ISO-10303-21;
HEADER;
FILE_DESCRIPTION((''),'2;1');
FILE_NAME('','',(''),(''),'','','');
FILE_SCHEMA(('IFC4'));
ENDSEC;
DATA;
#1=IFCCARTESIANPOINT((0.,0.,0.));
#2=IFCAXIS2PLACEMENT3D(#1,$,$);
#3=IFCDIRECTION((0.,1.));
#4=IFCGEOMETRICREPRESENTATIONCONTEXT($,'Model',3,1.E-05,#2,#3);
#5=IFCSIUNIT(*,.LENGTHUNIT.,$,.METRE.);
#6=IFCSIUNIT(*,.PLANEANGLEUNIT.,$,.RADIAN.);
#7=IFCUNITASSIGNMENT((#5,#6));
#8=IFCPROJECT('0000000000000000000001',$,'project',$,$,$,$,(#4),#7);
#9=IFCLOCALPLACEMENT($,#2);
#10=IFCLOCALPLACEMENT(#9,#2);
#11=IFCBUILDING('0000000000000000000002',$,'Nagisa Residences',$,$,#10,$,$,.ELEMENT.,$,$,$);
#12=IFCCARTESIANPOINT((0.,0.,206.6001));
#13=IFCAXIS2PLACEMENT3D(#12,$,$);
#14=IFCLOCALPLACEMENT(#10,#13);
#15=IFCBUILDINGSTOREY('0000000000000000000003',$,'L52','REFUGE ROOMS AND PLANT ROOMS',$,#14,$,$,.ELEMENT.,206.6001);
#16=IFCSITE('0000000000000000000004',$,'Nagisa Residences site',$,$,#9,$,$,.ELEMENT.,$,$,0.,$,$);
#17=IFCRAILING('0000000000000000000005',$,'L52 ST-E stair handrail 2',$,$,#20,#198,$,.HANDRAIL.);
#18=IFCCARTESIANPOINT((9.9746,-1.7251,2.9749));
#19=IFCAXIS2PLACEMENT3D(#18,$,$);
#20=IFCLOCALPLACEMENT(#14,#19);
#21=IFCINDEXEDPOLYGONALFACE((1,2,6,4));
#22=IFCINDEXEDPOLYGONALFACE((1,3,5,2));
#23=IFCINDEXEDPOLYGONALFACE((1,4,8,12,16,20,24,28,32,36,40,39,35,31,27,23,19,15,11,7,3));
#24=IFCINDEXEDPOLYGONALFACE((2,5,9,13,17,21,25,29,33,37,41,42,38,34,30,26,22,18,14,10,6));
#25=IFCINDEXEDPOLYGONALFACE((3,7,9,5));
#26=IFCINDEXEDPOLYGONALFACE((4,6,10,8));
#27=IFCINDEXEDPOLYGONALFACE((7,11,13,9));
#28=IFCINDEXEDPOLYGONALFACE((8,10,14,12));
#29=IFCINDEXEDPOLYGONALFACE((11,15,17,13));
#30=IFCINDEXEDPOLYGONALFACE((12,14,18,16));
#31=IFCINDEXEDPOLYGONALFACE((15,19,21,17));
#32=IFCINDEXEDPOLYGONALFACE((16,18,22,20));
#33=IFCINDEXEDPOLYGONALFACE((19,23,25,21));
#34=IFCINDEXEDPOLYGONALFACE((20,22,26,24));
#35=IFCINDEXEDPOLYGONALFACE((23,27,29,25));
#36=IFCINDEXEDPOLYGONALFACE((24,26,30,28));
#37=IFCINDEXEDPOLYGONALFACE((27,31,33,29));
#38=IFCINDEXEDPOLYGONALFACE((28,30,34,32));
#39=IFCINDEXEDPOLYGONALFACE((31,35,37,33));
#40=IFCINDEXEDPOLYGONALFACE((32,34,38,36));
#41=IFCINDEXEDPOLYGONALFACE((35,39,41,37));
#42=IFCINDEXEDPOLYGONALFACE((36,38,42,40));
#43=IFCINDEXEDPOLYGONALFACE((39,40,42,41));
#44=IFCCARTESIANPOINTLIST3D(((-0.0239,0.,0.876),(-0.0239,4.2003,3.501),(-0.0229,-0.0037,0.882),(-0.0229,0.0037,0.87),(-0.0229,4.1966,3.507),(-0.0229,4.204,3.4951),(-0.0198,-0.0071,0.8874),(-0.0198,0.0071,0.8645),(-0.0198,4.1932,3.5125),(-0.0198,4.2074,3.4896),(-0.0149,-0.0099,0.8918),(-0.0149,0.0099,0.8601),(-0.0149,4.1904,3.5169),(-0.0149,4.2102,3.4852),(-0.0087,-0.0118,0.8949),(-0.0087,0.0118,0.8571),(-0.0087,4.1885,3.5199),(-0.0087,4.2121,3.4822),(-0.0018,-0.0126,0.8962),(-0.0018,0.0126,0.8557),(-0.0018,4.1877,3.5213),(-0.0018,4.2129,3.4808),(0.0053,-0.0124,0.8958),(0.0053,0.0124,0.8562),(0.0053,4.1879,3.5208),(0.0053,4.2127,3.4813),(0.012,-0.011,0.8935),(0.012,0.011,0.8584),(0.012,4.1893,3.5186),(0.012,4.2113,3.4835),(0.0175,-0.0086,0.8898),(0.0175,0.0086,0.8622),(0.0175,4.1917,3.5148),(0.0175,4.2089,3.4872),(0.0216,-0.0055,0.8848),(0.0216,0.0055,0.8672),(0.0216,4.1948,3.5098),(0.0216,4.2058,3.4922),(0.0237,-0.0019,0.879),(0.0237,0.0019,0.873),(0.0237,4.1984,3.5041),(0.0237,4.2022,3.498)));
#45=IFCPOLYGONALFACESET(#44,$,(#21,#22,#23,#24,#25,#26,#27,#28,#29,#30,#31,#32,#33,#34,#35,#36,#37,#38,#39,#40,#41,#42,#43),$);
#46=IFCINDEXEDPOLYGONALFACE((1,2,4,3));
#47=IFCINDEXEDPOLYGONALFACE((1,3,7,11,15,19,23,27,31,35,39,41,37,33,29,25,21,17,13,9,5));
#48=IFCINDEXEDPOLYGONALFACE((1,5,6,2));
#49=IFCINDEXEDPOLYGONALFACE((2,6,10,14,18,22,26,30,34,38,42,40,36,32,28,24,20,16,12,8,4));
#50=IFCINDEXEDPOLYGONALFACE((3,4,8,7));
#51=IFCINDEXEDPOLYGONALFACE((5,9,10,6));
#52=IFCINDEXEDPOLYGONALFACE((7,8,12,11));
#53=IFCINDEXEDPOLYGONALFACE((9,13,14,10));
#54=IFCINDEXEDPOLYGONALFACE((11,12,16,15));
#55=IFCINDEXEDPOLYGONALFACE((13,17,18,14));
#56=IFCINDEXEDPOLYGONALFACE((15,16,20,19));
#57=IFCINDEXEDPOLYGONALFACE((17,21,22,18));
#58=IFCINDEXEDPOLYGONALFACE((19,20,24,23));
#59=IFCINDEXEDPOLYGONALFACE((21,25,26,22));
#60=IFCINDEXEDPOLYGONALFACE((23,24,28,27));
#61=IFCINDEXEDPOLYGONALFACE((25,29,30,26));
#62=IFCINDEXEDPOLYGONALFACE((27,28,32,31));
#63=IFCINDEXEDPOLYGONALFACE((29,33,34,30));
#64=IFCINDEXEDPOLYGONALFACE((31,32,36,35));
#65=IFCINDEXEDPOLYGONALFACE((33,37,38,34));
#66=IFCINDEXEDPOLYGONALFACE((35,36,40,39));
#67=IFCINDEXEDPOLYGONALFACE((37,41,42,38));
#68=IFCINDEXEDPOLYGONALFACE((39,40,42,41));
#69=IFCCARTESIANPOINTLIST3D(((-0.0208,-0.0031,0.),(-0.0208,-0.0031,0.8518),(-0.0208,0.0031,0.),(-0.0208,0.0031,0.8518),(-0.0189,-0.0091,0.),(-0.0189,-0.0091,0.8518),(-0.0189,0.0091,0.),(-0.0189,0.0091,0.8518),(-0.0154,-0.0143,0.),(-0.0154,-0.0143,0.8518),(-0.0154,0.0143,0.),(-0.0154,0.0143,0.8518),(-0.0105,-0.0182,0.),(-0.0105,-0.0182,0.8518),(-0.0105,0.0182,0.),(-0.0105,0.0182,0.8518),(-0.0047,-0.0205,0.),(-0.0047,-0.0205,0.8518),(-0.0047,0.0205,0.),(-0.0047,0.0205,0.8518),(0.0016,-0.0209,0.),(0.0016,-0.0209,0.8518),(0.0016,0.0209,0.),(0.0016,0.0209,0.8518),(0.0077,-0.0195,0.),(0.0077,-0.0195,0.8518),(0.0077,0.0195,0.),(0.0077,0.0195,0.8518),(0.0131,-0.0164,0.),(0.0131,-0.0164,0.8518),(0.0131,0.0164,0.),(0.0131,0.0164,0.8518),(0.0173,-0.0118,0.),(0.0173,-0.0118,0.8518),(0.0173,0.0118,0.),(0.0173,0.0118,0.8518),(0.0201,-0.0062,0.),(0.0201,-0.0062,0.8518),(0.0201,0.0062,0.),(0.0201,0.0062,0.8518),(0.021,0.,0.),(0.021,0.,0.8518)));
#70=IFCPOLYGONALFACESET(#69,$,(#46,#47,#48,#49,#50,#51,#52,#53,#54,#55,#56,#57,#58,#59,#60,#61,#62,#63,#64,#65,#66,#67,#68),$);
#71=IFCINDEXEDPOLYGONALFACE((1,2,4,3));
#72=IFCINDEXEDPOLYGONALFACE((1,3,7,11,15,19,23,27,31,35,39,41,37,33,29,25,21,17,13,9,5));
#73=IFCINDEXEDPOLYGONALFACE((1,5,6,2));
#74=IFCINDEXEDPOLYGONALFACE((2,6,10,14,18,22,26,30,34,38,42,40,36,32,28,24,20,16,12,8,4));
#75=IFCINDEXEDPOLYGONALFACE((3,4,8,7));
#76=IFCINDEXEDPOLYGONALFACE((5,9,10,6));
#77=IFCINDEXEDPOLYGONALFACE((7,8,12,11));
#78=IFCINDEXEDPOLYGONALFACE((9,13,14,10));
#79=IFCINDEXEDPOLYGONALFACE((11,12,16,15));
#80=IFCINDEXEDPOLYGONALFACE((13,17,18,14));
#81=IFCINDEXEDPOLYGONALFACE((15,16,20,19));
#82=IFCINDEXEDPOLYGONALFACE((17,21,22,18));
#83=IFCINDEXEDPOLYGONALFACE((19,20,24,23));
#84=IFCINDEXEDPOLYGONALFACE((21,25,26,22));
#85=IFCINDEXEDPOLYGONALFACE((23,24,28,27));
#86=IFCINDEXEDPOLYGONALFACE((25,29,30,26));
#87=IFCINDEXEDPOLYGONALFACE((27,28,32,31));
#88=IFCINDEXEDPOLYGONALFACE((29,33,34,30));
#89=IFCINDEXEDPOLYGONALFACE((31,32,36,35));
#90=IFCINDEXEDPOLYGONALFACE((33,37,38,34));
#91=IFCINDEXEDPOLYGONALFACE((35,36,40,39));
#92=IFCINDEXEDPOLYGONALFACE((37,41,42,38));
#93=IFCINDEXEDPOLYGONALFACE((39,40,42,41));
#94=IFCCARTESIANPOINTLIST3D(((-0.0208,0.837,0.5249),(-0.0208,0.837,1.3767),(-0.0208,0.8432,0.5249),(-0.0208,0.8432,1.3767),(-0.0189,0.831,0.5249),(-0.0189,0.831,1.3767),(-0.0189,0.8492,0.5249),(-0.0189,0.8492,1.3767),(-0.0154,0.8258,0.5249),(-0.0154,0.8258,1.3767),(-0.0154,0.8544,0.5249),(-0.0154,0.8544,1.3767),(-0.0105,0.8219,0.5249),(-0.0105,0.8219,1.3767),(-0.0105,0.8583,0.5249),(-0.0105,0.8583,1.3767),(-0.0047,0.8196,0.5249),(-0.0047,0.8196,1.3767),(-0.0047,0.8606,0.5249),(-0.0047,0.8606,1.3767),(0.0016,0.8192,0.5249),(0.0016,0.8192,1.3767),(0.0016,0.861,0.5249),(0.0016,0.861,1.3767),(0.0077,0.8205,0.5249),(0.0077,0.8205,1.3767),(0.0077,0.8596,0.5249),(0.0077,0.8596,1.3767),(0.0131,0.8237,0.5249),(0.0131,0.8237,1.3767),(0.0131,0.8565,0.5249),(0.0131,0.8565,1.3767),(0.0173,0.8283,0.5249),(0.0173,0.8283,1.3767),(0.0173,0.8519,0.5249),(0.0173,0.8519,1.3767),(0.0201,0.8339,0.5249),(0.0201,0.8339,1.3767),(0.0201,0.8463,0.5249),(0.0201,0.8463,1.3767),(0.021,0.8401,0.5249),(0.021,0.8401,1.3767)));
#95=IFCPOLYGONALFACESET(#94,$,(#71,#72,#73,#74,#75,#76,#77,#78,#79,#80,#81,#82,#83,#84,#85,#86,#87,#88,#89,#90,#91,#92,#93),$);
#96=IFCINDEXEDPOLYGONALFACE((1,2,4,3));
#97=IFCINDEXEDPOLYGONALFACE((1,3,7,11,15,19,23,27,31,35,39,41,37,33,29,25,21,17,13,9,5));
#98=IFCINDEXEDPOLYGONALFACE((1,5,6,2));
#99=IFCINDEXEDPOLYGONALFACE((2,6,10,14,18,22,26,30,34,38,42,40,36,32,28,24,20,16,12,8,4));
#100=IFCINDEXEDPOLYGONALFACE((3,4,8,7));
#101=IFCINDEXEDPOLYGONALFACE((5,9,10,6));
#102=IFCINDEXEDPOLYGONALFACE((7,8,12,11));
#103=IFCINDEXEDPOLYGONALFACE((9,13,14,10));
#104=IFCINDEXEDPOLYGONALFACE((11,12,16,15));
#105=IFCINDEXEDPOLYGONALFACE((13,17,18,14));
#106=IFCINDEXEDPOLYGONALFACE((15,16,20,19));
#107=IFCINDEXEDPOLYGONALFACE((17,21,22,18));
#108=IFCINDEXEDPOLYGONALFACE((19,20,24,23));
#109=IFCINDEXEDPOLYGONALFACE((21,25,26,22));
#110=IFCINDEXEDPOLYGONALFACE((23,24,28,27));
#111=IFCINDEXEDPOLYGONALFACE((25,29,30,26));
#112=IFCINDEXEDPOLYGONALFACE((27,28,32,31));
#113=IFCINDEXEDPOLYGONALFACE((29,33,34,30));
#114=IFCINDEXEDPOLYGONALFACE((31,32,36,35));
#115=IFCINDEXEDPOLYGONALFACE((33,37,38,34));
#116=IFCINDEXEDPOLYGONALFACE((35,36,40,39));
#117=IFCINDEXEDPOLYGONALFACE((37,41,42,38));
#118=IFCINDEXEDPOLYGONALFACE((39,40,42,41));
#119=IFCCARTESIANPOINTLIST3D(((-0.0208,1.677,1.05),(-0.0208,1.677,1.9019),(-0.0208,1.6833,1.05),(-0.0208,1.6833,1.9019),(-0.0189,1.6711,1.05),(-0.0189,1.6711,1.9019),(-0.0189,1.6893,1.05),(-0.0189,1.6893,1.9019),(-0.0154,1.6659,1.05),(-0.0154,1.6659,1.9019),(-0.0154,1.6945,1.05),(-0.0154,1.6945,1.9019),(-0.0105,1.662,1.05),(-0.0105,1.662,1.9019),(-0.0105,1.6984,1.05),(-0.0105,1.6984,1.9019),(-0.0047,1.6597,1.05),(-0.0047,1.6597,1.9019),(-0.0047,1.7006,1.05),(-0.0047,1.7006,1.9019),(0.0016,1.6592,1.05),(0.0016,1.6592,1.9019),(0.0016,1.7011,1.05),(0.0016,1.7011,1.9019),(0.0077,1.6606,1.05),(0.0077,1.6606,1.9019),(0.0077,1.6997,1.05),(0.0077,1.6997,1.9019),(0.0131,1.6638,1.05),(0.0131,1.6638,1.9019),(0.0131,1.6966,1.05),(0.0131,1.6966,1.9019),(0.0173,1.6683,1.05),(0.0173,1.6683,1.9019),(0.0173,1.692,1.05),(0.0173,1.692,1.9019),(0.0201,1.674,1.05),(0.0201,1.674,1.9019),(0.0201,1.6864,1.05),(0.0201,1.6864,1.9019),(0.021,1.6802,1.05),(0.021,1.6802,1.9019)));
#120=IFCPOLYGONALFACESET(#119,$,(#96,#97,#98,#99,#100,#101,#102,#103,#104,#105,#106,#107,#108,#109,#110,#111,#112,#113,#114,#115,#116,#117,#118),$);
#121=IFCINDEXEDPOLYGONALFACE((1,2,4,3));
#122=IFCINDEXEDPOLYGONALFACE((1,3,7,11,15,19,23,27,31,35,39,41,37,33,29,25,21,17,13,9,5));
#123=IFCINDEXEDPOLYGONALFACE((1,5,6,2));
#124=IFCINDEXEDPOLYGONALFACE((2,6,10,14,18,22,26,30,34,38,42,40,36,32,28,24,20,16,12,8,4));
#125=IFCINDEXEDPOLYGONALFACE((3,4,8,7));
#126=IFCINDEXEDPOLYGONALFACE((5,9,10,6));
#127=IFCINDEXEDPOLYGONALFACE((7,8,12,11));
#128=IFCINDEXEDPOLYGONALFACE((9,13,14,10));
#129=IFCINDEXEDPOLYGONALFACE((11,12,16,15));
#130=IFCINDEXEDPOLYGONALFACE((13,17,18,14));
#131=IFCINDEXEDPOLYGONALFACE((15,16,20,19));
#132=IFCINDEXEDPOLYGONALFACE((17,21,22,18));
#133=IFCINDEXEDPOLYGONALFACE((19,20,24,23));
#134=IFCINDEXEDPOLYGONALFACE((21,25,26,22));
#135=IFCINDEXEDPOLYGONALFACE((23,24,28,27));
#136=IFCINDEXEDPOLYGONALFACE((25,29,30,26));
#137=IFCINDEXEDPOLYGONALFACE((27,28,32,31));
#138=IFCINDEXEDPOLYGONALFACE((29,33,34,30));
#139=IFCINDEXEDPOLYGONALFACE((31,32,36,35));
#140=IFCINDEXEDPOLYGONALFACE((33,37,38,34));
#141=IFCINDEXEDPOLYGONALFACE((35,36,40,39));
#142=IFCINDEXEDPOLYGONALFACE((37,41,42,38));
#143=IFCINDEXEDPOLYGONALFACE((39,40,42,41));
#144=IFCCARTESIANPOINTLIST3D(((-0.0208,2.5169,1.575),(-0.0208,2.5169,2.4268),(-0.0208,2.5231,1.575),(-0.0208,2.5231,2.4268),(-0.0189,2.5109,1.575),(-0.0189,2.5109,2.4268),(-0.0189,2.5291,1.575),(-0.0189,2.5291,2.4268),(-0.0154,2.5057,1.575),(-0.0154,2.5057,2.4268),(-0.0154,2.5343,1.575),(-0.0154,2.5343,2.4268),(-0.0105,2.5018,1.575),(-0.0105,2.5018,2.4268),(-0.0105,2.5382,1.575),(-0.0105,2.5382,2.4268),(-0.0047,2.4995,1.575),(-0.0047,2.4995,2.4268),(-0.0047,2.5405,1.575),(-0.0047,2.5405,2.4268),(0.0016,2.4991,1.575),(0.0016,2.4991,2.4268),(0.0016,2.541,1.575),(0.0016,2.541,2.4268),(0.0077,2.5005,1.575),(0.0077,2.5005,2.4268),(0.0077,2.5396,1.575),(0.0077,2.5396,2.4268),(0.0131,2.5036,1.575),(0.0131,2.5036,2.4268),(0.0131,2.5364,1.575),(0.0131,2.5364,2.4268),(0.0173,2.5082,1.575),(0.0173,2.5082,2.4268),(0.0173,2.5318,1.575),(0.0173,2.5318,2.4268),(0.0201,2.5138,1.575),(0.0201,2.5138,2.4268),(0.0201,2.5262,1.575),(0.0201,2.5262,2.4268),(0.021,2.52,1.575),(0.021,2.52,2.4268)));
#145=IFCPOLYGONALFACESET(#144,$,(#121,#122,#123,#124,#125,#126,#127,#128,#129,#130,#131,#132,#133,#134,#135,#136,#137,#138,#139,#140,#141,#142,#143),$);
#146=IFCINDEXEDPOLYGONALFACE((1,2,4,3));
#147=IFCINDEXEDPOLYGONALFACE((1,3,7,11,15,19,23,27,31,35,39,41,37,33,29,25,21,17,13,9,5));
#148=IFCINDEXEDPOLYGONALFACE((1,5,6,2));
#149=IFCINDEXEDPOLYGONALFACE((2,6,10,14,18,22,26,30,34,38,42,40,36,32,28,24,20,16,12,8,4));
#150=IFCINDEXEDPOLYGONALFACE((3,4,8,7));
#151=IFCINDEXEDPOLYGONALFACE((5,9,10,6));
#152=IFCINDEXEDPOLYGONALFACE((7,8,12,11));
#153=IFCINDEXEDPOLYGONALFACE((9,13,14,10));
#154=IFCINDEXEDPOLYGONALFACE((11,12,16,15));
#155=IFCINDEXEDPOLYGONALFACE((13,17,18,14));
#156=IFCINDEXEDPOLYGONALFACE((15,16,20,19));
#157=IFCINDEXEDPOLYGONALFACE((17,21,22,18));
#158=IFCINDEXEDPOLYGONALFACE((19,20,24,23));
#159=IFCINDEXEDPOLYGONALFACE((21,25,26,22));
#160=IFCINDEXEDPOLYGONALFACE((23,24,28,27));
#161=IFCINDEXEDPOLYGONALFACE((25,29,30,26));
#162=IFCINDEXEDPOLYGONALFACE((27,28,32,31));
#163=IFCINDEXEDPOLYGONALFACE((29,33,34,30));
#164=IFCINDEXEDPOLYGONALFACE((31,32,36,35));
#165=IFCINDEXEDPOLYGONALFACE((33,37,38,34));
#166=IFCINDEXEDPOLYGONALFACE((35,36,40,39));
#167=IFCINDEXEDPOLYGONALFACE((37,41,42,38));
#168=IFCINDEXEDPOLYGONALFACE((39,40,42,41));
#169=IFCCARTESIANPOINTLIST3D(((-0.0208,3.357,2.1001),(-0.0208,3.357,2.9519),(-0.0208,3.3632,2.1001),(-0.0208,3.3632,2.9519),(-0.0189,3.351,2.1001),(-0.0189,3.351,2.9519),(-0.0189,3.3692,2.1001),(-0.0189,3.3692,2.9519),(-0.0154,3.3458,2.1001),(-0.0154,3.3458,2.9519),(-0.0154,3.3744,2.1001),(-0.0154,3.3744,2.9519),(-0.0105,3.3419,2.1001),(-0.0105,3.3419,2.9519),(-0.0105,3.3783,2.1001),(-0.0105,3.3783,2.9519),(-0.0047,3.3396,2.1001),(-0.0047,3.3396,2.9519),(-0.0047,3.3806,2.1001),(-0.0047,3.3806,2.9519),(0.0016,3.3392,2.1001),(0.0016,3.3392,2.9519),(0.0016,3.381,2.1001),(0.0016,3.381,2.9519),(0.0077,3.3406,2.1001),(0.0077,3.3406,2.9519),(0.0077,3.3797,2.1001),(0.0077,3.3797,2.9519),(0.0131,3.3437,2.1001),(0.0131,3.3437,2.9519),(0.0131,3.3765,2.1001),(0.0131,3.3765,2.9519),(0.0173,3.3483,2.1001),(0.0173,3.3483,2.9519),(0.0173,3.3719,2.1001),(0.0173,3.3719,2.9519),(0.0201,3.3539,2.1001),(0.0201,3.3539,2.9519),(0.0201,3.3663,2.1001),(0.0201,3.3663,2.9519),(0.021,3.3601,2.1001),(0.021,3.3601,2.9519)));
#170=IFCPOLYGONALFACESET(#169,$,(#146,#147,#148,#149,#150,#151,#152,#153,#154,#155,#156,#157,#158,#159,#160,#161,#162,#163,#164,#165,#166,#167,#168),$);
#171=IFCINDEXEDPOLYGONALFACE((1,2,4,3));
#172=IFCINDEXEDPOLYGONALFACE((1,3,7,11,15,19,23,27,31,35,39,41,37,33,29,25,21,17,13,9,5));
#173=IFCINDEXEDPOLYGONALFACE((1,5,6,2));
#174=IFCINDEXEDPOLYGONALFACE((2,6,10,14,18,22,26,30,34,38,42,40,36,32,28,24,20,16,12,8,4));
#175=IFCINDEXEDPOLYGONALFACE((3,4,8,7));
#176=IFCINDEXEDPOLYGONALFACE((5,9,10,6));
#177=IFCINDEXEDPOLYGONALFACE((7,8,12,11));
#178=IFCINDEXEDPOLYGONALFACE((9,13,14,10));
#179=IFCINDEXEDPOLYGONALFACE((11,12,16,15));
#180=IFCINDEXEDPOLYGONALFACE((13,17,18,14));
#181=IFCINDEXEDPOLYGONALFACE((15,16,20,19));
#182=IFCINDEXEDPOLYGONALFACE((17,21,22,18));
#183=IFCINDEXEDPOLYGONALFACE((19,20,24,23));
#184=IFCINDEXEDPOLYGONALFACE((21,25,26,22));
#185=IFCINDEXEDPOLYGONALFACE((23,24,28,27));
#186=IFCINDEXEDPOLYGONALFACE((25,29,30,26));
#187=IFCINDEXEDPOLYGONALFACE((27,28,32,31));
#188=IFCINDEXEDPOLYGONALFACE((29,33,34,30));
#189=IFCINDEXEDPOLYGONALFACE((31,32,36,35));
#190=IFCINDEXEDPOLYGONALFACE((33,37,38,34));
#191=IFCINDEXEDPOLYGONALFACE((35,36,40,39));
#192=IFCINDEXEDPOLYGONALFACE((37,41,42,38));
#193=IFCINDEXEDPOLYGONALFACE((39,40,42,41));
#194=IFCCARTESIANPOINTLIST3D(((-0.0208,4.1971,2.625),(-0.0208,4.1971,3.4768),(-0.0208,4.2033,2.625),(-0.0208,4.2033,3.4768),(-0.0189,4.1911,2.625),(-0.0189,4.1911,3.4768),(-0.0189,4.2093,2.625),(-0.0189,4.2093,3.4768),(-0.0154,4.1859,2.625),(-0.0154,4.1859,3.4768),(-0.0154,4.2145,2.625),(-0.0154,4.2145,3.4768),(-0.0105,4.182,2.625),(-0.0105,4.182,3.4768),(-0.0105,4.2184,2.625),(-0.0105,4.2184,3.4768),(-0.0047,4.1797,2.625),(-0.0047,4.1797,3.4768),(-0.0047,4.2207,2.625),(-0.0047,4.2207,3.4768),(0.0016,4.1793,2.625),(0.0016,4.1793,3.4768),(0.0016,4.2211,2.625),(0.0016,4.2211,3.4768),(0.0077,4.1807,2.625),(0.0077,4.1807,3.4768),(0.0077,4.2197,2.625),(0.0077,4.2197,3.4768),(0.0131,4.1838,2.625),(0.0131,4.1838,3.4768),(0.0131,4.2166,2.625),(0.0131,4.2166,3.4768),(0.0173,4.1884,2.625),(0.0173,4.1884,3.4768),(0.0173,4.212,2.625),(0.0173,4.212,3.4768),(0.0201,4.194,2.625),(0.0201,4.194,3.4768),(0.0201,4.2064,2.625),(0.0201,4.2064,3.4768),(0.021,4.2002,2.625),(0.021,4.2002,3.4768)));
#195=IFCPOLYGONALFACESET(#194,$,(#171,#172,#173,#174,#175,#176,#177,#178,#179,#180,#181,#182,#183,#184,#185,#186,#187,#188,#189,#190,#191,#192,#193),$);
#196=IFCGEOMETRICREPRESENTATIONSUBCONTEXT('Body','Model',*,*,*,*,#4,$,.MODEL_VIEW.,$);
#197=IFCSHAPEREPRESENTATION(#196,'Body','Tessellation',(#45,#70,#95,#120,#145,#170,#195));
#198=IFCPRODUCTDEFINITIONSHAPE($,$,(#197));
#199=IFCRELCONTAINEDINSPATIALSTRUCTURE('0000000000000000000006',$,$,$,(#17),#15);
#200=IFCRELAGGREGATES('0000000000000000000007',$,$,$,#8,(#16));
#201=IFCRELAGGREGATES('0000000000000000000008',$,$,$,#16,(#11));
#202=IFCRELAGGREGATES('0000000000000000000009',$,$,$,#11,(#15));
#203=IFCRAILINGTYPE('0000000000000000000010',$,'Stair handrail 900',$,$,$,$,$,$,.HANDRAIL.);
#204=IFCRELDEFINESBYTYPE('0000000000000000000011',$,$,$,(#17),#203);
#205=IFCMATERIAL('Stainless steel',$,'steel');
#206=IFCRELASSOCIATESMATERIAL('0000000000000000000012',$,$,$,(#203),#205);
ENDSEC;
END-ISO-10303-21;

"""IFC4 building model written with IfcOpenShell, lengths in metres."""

from ifc_helpers import new_model, si_unit, direction, frame, origin, origin_2d, place, context, subcontext, project, spatial, circle, extrude, material, type_object, element, save


model = new_model("IFC4")

# Units and contexts
model_context = context("Model", 3, precision=1e-05, world=origin(), true_north=direction((0.0, 1.0)))
body_context = subcontext(model_context, "Body", "Model", "MODEL_VIEW")
ifc_project = project(units=[si_unit("LENGTHUNIT", "METRE"), si_unit("PLANEANGLEUNIT", "RADIAN")], contexts=[model_context])

# Site, building, storey
site_placement = place(None, origin())
site = spatial("IfcSite", under=ifc_project, at=site_placement, Name="Nagisa Residences site", CompositionType="ELEMENT", RefElevation=0.0)
building_placement = place(site_placement, origin())
building = spatial("IfcBuilding", under=site, at=building_placement, Name="Nagisa Residences", CompositionType="ELEMENT")
storey_placement = place(building_placement, frame((0.0, 0.0, 206.6001)))
storey = spatial("IfcBuildingStorey", under=building, at=storey_placement, Name="L52", Description="REFUGE ROOMS AND PLANT ROOMS", CompositionType="ELEMENT", Elevation=206.6001)

# Railing
ifc_material_1 = material(Name="Stainless steel", Category="steel")
railing_type = type_object("IfcRailingType", Name="Stair handrail 900", PredefinedType="HANDRAIL", material=ifc_material_1)
railing_placement = place(storey_placement, frame((9.9746, -1.7251, 2.9749)))
element("IfcRailing", 1, at=railing_placement, inside=storey, type_object=railing_type, Name="L52 ST-E stair handrail 2", PredefinedType="HANDRAIL", context=body_context, shape_type="SweptSolid", body=[
    extrude(circle(Radius=0.0239, at=origin_2d()), frame((0.0, 0.0, 0.876), z_axis=(0.0, 0.848009, 0.529981), x_axis=(-1.0, 0.0, 0.0)), (0.0, 0.0, 1.0), 4.9531),
    extrude(circle(Radius=0.021, at=origin_2d()), origin(), (0.0, 0.0, 1.0), 0.8518),
    extrude(circle(Radius=0.021, at=origin_2d()), frame((0.0, 0.8401, 0.5249)), (0.0, 0.0, 1.0), 0.8518),
    extrude(circle(Radius=0.021, at=origin_2d()), frame((0.0, 1.6802, 1.05)), (0.0, 0.0, 1.0), 0.8518),
    extrude(circle(Radius=0.021, at=origin_2d()), frame((0.0, 2.52, 1.575)), (0.0, 0.0, 1.0), 0.8518),
    extrude(circle(Radius=0.021, at=origin_2d()), frame((0.0, 3.3601, 2.1001)), (0.0, 0.0, 1.0), 0.8518),
    extrude(circle(Radius=0.021, at=origin_2d()), frame((0.0, 4.2002, 2.625)), (0.0, 0.0, 1.0), 0.8518),
])

save(model, "model.ifc")
